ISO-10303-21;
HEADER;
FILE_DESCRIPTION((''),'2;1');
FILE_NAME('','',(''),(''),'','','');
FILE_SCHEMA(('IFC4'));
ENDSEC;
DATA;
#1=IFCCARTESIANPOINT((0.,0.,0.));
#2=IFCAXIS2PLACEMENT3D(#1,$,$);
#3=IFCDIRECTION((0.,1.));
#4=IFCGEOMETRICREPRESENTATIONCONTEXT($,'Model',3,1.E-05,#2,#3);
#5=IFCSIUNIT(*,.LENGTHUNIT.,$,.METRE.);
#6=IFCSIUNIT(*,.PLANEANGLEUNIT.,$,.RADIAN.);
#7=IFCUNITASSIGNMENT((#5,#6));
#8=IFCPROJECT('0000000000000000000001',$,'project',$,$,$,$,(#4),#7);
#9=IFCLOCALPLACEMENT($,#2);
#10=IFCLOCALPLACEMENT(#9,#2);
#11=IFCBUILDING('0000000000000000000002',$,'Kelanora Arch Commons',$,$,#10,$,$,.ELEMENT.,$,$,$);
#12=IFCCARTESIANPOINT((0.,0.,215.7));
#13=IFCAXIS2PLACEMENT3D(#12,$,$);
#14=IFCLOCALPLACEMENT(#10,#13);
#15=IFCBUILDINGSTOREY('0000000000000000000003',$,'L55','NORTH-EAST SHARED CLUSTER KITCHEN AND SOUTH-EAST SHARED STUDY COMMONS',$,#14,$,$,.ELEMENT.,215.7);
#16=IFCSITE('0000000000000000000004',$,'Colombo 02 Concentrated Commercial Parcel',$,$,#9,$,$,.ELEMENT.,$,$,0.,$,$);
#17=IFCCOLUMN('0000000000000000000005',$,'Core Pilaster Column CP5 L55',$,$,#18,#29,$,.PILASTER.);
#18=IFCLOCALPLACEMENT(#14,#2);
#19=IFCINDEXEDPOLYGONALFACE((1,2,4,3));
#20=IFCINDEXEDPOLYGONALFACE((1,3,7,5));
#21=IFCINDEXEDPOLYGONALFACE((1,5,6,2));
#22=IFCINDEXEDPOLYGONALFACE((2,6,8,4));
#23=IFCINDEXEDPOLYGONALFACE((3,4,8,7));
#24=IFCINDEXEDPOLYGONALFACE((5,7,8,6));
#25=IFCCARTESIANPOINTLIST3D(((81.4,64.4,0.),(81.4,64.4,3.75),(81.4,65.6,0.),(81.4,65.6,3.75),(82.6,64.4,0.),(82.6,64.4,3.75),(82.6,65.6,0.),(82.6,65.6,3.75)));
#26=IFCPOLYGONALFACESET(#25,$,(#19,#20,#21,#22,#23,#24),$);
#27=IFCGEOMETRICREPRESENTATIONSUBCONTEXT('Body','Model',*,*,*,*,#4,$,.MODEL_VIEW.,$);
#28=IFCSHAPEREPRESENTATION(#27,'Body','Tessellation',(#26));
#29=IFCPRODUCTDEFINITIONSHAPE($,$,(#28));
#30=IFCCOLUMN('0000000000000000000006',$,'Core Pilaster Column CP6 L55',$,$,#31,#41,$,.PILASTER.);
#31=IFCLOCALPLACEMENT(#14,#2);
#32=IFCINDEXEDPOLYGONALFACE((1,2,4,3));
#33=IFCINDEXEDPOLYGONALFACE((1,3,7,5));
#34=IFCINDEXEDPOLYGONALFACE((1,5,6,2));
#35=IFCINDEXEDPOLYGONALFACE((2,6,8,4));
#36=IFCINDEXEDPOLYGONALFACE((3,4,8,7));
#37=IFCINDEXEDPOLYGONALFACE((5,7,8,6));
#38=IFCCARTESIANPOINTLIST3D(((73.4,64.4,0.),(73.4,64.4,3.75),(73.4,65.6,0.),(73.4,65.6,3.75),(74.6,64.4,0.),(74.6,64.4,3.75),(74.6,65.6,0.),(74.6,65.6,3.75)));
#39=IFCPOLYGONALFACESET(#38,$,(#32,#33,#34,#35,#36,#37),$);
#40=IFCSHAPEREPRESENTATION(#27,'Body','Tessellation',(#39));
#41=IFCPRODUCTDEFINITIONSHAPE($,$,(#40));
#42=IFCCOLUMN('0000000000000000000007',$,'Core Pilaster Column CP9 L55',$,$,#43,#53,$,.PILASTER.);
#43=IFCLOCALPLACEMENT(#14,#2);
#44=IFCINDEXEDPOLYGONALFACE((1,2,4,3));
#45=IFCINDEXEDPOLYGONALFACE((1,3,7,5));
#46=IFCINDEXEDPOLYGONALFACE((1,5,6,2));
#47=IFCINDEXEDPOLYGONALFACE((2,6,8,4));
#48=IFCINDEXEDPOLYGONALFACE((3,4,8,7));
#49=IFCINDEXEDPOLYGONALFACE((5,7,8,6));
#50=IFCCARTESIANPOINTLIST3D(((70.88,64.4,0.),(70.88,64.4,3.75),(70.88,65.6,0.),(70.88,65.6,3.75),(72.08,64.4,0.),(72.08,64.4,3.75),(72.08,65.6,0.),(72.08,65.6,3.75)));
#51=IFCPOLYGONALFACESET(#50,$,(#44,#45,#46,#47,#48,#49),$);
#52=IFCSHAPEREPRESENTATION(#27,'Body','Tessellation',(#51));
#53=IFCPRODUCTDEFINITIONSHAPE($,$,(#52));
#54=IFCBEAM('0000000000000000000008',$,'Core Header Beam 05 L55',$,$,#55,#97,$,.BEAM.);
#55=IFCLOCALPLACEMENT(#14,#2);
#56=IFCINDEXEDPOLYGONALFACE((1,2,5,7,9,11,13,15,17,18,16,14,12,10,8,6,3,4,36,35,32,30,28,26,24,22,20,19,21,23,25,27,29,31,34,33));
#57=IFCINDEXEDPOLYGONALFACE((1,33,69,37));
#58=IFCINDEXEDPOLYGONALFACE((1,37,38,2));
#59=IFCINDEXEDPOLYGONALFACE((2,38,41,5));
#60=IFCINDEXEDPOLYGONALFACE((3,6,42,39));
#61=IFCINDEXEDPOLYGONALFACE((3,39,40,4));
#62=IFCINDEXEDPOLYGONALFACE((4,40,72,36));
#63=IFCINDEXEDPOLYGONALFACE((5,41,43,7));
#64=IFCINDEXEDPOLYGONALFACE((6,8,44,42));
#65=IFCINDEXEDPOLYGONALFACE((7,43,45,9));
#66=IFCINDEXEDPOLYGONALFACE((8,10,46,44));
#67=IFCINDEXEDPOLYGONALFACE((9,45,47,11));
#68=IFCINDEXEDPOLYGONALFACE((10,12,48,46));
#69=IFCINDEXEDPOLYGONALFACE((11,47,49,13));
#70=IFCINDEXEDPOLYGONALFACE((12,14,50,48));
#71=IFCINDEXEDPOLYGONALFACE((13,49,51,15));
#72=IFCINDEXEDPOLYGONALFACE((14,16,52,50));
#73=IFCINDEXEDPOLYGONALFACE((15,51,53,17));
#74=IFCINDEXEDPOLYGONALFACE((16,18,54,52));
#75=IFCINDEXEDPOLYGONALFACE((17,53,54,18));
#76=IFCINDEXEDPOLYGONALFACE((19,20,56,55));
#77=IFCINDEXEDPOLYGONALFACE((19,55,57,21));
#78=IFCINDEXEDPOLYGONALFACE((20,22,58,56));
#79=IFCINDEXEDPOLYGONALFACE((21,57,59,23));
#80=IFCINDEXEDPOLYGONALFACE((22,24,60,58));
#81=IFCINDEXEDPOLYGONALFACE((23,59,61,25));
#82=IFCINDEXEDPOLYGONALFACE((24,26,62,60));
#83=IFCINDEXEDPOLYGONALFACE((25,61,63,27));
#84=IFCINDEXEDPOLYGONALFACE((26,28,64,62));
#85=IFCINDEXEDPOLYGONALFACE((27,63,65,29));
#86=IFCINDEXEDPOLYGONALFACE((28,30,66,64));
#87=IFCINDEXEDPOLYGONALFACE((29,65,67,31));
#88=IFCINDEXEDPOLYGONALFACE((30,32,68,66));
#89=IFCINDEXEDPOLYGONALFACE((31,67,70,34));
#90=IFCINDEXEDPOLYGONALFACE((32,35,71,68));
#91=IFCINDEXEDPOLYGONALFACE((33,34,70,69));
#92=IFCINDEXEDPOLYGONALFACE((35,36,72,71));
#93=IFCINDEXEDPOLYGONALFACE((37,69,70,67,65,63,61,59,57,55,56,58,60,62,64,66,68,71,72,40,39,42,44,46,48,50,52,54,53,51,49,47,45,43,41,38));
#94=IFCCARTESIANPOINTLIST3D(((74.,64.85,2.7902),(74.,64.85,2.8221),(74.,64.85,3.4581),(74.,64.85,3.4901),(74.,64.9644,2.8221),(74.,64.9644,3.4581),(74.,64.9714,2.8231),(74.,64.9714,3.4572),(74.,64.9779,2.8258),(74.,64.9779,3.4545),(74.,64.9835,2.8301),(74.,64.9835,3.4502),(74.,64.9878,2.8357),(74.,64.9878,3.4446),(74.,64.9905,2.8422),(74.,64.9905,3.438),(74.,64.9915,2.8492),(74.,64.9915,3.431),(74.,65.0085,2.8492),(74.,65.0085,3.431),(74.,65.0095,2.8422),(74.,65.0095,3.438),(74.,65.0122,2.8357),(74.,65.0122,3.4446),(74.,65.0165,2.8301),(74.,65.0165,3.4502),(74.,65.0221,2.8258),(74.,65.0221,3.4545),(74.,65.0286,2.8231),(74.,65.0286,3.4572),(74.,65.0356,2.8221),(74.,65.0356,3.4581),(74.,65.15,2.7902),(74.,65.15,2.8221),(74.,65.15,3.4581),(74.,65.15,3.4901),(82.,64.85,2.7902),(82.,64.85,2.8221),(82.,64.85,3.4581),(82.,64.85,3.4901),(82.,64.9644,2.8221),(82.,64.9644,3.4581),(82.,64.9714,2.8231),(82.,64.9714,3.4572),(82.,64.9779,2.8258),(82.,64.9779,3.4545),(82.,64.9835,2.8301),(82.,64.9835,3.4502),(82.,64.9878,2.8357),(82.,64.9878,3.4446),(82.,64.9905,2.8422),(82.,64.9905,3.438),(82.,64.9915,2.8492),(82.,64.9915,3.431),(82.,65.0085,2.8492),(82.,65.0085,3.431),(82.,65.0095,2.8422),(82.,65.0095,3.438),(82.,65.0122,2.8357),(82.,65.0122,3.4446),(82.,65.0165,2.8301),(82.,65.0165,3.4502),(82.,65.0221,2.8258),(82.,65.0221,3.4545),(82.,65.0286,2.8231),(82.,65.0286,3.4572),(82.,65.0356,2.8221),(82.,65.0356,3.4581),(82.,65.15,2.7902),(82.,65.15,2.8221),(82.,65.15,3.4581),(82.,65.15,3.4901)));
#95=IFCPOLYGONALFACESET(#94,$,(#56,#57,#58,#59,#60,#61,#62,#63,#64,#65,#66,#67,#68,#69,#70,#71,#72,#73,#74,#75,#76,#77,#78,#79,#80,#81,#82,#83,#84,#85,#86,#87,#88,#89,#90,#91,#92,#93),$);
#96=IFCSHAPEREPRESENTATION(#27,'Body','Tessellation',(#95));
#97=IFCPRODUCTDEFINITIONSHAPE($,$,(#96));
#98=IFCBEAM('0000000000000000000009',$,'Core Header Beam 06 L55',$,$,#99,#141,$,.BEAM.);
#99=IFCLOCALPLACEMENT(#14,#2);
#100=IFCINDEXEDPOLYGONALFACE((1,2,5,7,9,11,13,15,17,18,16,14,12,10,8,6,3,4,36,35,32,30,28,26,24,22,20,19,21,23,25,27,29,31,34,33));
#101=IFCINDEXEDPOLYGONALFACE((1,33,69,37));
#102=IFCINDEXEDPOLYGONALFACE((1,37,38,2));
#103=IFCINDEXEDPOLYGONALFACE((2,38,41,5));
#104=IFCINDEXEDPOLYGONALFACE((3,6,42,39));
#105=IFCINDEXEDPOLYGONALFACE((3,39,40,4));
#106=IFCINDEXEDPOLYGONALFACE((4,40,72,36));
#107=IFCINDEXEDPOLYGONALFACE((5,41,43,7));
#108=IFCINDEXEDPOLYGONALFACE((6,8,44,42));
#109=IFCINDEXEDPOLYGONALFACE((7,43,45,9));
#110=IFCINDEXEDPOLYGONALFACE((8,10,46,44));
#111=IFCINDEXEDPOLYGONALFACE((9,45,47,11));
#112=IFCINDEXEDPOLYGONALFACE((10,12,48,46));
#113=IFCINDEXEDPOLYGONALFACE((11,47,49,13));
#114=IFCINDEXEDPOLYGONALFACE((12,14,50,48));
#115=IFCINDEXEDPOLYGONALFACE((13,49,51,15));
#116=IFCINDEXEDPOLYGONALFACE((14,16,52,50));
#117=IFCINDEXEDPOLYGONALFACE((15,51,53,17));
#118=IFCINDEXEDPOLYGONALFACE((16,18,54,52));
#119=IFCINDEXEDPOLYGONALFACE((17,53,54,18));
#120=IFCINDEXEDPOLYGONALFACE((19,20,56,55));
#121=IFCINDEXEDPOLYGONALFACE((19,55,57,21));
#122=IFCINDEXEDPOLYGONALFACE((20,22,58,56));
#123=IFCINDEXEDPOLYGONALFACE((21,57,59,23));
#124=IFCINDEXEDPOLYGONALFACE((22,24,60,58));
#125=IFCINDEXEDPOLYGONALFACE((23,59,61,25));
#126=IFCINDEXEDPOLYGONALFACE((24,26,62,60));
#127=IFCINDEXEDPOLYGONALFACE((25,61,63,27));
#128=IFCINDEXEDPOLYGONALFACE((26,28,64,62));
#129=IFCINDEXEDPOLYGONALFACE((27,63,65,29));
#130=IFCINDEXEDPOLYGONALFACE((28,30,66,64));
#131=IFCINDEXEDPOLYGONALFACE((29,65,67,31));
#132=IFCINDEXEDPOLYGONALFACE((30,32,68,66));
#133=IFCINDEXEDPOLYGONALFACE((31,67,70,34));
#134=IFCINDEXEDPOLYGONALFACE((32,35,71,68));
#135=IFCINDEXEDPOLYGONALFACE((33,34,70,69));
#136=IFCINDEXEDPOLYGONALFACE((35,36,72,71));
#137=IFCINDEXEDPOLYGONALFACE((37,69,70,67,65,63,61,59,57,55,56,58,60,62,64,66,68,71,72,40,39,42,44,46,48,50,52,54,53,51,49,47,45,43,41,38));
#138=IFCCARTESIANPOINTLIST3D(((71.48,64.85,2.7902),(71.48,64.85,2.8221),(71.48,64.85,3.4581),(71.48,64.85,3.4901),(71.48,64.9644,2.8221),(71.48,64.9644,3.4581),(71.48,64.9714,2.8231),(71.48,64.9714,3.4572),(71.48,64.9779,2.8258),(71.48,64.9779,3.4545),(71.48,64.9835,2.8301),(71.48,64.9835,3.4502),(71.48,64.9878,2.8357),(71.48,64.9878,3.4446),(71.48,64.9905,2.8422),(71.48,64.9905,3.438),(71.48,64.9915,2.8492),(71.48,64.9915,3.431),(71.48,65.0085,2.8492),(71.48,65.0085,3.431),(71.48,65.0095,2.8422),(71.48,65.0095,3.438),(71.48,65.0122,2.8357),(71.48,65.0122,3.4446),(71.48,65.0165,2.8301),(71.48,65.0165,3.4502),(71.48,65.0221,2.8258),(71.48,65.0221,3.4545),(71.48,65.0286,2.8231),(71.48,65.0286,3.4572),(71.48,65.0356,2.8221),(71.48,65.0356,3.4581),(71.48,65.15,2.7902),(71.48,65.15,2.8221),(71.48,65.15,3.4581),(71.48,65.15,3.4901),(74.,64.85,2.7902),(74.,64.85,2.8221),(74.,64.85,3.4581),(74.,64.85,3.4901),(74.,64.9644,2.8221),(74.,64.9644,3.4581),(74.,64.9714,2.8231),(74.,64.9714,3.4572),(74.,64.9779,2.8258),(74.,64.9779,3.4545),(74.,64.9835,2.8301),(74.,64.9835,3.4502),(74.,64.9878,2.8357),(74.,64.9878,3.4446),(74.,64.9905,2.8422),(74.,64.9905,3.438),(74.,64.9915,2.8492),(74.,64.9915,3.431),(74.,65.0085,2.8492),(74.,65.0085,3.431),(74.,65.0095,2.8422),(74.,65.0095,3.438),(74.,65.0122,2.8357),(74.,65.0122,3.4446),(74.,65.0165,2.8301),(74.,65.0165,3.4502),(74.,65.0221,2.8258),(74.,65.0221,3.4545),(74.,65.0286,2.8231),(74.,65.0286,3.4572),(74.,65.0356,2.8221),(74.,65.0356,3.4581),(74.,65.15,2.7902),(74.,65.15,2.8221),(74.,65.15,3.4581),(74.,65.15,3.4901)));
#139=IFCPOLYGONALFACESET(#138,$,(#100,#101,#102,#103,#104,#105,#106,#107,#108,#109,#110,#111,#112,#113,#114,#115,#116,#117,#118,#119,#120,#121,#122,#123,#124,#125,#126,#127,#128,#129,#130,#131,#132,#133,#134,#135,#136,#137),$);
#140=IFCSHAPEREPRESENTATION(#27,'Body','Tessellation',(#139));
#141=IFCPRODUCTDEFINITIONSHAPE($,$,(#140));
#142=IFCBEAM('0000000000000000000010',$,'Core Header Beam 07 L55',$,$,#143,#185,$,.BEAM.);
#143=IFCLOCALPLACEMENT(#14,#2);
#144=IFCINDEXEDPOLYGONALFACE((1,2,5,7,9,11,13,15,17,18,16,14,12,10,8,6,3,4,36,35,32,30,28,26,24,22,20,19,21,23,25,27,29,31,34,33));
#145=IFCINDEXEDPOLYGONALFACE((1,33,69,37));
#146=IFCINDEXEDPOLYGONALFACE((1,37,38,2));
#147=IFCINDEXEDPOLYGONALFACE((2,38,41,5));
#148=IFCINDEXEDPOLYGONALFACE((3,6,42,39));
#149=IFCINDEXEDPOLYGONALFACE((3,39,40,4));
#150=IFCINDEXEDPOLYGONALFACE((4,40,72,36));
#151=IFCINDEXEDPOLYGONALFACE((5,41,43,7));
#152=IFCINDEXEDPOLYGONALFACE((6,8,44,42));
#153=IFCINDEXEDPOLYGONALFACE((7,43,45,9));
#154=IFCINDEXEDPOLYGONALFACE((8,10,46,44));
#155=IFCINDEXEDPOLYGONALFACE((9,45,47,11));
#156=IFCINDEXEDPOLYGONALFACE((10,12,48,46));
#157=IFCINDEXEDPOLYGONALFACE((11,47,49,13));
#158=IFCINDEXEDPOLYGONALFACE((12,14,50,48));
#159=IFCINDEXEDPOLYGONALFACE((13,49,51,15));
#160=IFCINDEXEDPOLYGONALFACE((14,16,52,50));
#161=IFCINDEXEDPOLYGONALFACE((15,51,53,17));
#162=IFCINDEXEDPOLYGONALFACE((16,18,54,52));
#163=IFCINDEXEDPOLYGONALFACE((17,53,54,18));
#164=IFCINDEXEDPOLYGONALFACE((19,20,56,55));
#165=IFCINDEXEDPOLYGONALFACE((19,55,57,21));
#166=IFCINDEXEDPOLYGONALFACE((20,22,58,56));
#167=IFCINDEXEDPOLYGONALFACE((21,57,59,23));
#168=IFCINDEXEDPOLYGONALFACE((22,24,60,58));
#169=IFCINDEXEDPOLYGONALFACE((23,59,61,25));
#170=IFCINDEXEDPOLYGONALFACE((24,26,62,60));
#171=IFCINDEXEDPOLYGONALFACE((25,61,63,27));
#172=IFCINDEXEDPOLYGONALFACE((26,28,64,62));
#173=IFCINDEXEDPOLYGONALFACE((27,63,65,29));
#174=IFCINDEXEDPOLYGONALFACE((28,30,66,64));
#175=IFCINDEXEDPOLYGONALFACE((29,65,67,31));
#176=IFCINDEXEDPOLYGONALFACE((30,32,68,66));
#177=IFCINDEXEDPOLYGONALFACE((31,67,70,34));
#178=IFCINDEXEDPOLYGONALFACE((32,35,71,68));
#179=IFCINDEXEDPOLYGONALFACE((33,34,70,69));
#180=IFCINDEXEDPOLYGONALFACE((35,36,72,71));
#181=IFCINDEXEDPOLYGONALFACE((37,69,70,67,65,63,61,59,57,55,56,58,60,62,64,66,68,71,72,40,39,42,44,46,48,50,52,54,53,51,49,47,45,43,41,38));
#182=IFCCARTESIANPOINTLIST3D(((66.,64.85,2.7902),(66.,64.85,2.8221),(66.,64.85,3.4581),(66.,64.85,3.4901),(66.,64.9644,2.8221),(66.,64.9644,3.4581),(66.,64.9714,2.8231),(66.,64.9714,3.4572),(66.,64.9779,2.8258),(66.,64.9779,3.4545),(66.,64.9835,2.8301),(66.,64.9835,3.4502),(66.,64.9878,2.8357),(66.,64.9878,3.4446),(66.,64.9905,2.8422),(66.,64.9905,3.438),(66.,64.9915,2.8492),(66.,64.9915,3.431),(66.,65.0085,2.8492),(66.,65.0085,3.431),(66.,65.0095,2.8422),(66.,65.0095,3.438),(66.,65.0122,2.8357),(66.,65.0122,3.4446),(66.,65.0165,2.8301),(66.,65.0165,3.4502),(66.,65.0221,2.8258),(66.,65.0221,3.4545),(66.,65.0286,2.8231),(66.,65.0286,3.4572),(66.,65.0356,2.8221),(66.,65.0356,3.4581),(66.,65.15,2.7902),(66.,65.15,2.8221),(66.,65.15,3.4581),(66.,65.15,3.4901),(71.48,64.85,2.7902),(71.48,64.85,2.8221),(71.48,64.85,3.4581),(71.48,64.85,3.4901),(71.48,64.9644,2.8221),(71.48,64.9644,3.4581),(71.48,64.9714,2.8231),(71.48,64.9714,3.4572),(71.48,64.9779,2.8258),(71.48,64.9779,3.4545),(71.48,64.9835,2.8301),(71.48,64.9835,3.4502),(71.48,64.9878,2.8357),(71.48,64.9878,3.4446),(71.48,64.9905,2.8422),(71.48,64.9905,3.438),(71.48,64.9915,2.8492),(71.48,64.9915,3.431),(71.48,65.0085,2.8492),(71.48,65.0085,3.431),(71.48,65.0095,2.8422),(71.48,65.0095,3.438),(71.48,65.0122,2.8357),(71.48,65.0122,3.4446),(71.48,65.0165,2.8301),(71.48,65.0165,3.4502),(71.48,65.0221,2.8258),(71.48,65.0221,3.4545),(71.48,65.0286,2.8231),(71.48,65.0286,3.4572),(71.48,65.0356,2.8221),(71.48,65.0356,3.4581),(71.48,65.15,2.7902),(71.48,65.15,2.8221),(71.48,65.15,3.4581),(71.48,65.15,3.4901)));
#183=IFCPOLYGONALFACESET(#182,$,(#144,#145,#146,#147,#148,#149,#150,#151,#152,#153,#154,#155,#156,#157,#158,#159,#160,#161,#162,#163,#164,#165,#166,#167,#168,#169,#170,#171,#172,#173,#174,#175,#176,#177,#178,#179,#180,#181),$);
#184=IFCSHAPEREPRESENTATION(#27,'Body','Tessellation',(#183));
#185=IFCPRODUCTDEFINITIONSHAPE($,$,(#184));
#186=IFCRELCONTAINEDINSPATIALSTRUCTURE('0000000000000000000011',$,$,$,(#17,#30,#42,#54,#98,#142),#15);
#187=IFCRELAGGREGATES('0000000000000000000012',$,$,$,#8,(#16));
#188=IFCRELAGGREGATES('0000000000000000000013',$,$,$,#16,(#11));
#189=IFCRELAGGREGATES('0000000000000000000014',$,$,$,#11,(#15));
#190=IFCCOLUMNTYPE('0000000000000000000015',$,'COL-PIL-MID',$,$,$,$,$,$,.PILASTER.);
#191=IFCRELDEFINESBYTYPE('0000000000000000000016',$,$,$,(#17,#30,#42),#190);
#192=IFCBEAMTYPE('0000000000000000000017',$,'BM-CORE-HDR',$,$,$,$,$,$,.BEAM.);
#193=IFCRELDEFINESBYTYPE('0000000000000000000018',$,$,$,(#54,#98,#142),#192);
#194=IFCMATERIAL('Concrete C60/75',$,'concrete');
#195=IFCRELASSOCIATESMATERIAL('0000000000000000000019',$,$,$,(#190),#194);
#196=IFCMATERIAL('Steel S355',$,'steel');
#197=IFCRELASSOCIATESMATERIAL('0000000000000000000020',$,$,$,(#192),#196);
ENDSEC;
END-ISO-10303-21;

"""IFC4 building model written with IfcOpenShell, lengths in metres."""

from ifc_helpers import new_model, si_unit, direction, frame, origin, origin_2d, place, context, subcontext, project, spatial, rectangle, i_section, extrude, material, material_profile, profile_set, type_object, element, save


model = new_model("IFC4")

# Units and contexts
model_context = context("Model", 3, precision=1e-05, world=origin(), true_north=direction((0.0, 1.0)))
body_context = subcontext(model_context, "Body", "Model", "MODEL_VIEW")
ifc_project = project(units=[si_unit("LENGTHUNIT", "METRE"), si_unit("PLANEANGLEUNIT", "RADIAN")], contexts=[model_context])

# Site, building, storey
site_placement = place(None, origin())
site = spatial("IfcSite", under=ifc_project, at=site_placement, Name="Colombo 02 Concentrated Commercial Parcel", CompositionType="ELEMENT", RefElevation=0.0)
building_placement = place(site_placement, origin())
building = spatial("IfcBuilding", under=site, at=building_placement, Name="Kelanora Arch Commons", CompositionType="ELEMENT")
storey_placement = place(building_placement, frame((0.0, 0.0, 215.7)))
storey = spatial("IfcBuildingStorey", under=building, at=storey_placement, Name="L55", Description="NORTH-EAST SHARED CLUSTER KITCHEN AND SOUTH-EAST SHARED STUDY COMMONS", CompositionType="ELEMENT", Elevation=215.7)

# Columns
ifc_material_1 = material(Name="Concrete C60/75", Category="concrete")
ifc_material_profile_1 = material_profile(ifc_material_1, rectangle(XDim=1.2, YDim=1.2, at=origin_2d()), Name="RC1200x1200")
ifc_profile_set_1 = profile_set([ifc_material_profile_1], Name="Concrete C60/75")
column_type = type_object("IfcColumnType", Name="COL-PIL-MID", PredefinedType="PILASTER", material=ifc_profile_set_1)
for number, where, z_axis, x_axis, name in (
    (1, (82.0, 65.0, 0.0), (0.0, 0.0, 1.0), (1.0, 0.0, 0.0), "Core Pilaster Column CP5 L55"),
    (2, (74.0, 65.0, 0.0), (0.0, 0.0, 1.0), (1.0, 0.0, 0.0), "Core Pilaster Column CP6 L55"),
    (3, (71.48, 65.0, 0.0), (0.0, 0.0, 1.0), (1.0, 0.0, 0.0), "Core Pilaster Column CP9 L55"),
):
    element("IfcColumn", number, at=place(storey_placement, frame(where, z_axis=z_axis, x_axis=x_axis)), inside=storey, type_object=column_type, Name=name, PredefinedType="PILASTER", context=body_context, shape_type="SweptSolid", body=[
        extrude(rectangle(XDim=1.2, YDim=1.2, at=origin_2d()), origin(), (0.0, 0.0, 1.0), 3.75),
    ])

# Beams
ifc_material_2 = material(Name="Steel S355", Category="steel")
ifc_material_profile_2 = material_profile(ifc_material_2, i_section(OverallWidth=0.3, OverallDepth=0.7, WebThickness=0.0171, FlangeThickness=0.032, FilletRadius=0.0271, at=origin_2d()), Name="HEB700")
ifc_profile_set_2 = profile_set([ifc_material_profile_2], Name="Steel S355")
beam_type_1 = type_object("IfcBeamType", Name="BM-CORE-HDR", PredefinedType="BEAM", material=ifc_profile_set_2)
beam_1_placement = place(storey_placement, frame((82.0, 65.0, 3.1401), z_axis=(-1.0, 0.0, 0.0), x_axis=(0.0, -1.0, 0.0)))
element("IfcBeam", 4, at=beam_1_placement, inside=storey, type_object=beam_type_1, Name="Core Header Beam 05 L55", PredefinedType="BEAM", context=body_context, shape_type="SweptSolid", body=[
    extrude(i_section(OverallWidth=0.3, OverallDepth=0.7, WebThickness=0.0171, FlangeThickness=0.032, FilletRadius=0.0271, at=origin_2d()), origin(), (0.0, 0.0, 1.0), 8.0),
])
beam_2_placement = place(storey_placement, frame((74.0, 65.0, 3.1401), z_axis=(-1.0, 0.0, 0.0), x_axis=(0.0, -1.0, 0.0)))
element("IfcBeam", 5, at=beam_2_placement, inside=storey, type_object=beam_type_1, Name="Core Header Beam 06 L55", PredefinedType="BEAM", context=body_context, shape_type="SweptSolid", body=[
    extrude(i_section(OverallWidth=0.3, OverallDepth=0.7, WebThickness=0.0171, FlangeThickness=0.032, FilletRadius=0.0271, at=origin_2d()), origin(), (0.0, 0.0, 1.0), 2.52),
])
beam_3_placement = place(storey_placement, frame((71.48, 65.0, 3.1401), z_axis=(-1.0, 0.0, 0.0), x_axis=(0.0, -1.0, 0.0)))
element("IfcBeam", 6, at=beam_3_placement, inside=storey, type_object=beam_type_1, Name="Core Header Beam 07 L55", PredefinedType="BEAM", context=body_context, shape_type="SweptSolid", body=[
    extrude(i_section(OverallWidth=0.3, OverallDepth=0.7, WebThickness=0.0171, FlangeThickness=0.032, FilletRadius=0.0271, at=origin_2d()), origin(), (0.0, 0.0, 1.0), 5.48),
])

save(model, "model.ifc")
